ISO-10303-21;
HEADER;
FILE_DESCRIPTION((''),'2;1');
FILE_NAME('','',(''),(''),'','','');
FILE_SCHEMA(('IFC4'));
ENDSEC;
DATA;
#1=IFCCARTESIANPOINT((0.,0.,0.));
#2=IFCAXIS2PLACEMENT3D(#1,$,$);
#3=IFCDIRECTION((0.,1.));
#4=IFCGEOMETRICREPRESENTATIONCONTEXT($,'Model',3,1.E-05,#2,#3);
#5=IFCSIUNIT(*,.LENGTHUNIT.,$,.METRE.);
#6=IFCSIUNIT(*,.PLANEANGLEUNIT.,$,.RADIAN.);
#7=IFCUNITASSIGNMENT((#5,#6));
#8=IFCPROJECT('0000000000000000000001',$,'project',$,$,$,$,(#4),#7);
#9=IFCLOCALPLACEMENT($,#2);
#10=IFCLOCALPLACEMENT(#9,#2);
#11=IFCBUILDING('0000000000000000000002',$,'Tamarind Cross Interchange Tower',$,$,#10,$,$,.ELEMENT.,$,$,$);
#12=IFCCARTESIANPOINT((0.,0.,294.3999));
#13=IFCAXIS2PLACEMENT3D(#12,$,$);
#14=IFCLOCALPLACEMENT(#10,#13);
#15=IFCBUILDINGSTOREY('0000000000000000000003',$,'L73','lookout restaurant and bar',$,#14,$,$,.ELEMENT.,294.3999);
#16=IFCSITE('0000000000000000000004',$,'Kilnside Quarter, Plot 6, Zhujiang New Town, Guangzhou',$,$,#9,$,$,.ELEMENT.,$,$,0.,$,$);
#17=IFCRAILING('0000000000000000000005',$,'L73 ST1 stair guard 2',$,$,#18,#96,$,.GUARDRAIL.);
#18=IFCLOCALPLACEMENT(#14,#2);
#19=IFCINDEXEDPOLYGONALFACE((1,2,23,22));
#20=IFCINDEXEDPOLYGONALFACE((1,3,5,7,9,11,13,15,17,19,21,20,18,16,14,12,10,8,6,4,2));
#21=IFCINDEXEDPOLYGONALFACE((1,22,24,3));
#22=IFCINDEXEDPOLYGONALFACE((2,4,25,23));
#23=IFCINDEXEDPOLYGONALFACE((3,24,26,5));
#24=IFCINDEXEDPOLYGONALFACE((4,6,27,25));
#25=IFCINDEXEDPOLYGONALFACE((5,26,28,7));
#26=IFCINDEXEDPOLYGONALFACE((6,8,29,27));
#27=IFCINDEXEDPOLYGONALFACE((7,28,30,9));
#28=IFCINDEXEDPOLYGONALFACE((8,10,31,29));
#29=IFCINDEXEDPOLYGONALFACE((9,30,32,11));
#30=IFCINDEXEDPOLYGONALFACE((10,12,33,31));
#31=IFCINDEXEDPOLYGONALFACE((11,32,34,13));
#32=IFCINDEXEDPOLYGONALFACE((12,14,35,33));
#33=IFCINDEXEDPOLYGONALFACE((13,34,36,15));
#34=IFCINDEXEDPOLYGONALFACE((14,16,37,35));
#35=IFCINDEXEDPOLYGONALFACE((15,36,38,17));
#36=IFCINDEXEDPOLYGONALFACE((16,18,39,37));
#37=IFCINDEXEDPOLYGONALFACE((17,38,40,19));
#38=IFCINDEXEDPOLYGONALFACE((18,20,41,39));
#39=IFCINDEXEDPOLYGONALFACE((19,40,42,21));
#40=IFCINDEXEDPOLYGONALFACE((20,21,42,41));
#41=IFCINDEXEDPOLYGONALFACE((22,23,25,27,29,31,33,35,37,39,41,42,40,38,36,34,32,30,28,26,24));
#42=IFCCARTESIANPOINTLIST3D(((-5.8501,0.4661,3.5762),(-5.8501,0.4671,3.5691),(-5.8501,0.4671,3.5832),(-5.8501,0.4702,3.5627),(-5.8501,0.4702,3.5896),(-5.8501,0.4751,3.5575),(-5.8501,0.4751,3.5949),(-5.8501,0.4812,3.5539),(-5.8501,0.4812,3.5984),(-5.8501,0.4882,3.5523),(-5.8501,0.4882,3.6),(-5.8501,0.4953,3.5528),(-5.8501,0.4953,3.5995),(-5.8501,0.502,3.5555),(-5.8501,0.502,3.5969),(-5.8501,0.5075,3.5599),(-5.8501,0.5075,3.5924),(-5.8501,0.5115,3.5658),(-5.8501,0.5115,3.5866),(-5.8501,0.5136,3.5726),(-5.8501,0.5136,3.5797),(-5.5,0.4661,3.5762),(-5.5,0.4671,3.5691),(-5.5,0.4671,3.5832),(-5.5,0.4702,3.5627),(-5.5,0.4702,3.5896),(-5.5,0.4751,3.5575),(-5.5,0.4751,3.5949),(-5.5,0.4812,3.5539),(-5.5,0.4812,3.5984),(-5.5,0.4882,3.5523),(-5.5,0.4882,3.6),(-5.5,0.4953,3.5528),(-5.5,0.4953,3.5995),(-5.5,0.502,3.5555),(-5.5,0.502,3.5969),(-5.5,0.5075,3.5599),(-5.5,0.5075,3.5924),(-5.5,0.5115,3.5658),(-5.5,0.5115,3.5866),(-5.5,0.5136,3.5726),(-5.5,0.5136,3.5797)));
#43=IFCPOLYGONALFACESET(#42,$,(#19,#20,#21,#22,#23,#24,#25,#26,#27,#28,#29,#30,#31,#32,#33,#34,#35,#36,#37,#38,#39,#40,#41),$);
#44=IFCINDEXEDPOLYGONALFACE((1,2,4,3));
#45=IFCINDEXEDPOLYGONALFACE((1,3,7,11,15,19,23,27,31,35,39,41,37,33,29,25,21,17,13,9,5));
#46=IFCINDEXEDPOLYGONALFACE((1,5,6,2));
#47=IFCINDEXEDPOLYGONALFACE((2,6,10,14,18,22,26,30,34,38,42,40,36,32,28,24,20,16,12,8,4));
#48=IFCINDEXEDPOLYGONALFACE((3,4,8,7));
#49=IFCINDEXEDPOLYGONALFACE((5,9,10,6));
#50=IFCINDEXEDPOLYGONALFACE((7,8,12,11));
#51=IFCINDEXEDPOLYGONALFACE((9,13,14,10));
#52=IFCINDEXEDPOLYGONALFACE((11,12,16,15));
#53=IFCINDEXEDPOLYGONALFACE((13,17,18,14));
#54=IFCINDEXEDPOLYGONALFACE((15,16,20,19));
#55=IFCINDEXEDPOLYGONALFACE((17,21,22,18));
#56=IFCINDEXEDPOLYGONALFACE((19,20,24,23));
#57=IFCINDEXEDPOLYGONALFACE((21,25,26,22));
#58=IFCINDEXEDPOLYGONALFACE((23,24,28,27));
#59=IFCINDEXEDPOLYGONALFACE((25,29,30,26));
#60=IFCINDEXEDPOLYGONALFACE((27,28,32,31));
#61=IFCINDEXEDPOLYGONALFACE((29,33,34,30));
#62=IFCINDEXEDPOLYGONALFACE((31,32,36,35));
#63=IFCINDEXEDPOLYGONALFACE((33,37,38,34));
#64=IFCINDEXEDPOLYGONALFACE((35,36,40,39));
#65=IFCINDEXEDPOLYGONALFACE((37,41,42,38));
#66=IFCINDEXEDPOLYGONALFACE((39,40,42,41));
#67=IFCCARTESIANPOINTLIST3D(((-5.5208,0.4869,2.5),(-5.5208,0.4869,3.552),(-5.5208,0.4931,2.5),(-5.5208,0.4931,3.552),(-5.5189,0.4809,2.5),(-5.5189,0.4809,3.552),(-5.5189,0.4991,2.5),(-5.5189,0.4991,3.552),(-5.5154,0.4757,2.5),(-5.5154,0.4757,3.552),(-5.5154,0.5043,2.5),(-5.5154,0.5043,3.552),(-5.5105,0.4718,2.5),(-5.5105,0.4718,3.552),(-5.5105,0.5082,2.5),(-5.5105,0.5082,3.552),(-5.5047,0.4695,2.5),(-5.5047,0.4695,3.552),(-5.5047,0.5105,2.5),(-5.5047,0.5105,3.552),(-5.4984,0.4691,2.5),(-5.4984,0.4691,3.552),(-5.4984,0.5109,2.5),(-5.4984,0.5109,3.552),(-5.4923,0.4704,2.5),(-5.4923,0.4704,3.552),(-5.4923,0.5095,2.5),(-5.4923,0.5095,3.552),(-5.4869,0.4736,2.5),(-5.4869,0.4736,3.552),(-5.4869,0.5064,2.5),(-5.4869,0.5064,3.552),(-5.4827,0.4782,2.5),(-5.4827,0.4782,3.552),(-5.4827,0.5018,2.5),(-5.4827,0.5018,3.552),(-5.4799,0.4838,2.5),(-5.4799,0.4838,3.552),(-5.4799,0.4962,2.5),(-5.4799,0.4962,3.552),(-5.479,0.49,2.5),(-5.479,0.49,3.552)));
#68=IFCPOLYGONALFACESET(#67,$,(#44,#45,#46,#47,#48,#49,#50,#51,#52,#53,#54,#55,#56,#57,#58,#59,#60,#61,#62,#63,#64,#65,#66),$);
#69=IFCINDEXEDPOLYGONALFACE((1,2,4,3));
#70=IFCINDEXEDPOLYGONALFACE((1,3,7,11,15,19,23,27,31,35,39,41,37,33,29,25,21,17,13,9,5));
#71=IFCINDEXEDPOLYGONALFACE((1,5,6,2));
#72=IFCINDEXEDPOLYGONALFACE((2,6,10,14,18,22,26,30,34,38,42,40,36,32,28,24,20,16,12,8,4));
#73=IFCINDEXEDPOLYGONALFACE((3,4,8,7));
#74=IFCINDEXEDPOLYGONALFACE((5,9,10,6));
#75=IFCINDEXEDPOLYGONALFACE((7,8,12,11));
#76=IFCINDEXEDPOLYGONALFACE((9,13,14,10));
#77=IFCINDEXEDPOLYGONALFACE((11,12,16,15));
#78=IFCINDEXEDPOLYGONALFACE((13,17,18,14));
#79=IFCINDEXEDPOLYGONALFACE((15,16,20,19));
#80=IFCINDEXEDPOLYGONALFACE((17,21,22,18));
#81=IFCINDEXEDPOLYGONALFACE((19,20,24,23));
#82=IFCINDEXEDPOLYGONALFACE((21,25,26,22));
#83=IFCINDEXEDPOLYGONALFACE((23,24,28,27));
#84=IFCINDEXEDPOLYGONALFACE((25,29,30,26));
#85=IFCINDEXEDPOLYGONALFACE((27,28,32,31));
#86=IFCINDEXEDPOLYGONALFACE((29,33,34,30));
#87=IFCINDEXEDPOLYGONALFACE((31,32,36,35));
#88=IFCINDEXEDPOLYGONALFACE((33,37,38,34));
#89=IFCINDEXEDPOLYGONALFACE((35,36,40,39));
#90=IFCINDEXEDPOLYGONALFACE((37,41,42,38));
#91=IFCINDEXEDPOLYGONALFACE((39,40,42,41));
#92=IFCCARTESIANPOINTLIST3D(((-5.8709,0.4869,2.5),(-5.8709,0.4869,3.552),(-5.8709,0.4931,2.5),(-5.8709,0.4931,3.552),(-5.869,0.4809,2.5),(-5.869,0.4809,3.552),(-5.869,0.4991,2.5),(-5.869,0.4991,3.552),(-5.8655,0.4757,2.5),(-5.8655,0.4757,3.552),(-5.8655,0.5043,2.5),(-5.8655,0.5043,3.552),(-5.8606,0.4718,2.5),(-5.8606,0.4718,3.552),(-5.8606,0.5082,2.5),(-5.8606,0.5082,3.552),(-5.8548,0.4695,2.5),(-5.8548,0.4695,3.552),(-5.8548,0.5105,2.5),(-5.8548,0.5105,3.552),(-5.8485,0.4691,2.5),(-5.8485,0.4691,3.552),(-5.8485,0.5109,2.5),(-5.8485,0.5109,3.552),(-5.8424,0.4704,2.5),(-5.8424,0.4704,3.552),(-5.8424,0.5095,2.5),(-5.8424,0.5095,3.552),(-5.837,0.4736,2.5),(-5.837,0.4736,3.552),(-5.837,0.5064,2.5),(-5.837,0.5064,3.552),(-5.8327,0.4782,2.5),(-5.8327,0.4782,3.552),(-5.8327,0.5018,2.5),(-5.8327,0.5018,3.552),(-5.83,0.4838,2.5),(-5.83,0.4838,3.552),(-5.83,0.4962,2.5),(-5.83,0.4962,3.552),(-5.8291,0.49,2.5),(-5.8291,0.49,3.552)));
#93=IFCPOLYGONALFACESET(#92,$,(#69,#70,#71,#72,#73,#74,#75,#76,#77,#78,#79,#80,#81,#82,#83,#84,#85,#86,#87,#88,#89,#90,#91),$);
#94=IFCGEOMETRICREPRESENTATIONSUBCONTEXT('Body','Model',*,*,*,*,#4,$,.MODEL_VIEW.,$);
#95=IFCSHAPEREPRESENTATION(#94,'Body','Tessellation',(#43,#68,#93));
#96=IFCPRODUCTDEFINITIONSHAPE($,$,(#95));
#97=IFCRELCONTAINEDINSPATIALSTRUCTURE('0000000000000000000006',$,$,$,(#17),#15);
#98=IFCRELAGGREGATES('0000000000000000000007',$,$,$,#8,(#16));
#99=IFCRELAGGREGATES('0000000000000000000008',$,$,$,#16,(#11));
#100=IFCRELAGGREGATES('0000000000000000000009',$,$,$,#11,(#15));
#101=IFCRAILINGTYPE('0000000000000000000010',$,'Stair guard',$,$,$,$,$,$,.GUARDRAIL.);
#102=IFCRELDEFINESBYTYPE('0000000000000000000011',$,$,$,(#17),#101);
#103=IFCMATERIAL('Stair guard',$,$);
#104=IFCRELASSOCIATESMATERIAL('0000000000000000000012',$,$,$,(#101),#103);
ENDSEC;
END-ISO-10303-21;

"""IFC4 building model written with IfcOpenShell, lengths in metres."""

from ifc_helpers import new_model, si_unit, direction, frame, origin, origin_2d, place, context, subcontext, project, spatial, circle, extrude, material, type_object, element, save


model = new_model("IFC4")

# Units and contexts
model_context = context("Model", 3, precision=1e-05, world=origin(), true_north=direction((0.0, 1.0)))
body_context = subcontext(model_context, "Body", "Model", "MODEL_VIEW")
ifc_project = project(units=[si_unit("LENGTHUNIT", "METRE"), si_unit("PLANEANGLEUNIT", "RADIAN")], contexts=[model_context])

# Site, building, storey
site_placement = place(None, origin())
site = spatial("IfcSite", under=ifc_project, at=site_placement, Name="Kilnside Quarter, Plot 6, Zhujiang New Town, Guangzhou", CompositionType="ELEMENT", RefElevation=0.0)
building_placement = place(site_placement, origin())
building = spatial("IfcBuilding", under=site, at=building_placement, Name="Tamarind Cross Interchange Tower", CompositionType="ELEMENT")
storey_placement = place(building_placement, frame((0.0, 0.0, 294.3999)))
storey = spatial("IfcBuildingStorey", under=building, at=storey_placement, Name="L73", Description="lookout restaurant and bar", CompositionType="ELEMENT", Elevation=294.3999)

# Railing
ifc_material_1 = material(Name="Stair guard")
railing_type_1 = type_object("IfcRailingType", Name="Stair guard", PredefinedType="GUARDRAIL", material=ifc_material_1)
railing_1_placement = place(storey_placement, frame((-5.5, 0.49, 2.5)))
element("IfcRailing", 1, at=railing_1_placement, inside=storey, type_object=railing_type_1, Name="L73 ST1 stair guard 2", PredefinedType="GUARDRAIL", context=body_context, shape_type="SweptSolid", body=[
    extrude(circle(Radius=0.0239, at=origin_2d()), frame((0.0, 0.0, 1.0762), z_axis=(-1.0, 0.0, 0.0), x_axis=(0.0, -1.0, 0.0)), (0.0, 0.0, 1.0), 0.3501),
    extrude(circle(Radius=0.021, at=origin_2d()), origin(), (0.0, 0.0, 1.0), 1.052),
    extrude(circle(Radius=0.021, at=origin_2d()), frame((-0.3501, 0.0, 0.0)), (0.0, 0.0, 1.0), 1.052),
])

save(model, "model.ifc")
